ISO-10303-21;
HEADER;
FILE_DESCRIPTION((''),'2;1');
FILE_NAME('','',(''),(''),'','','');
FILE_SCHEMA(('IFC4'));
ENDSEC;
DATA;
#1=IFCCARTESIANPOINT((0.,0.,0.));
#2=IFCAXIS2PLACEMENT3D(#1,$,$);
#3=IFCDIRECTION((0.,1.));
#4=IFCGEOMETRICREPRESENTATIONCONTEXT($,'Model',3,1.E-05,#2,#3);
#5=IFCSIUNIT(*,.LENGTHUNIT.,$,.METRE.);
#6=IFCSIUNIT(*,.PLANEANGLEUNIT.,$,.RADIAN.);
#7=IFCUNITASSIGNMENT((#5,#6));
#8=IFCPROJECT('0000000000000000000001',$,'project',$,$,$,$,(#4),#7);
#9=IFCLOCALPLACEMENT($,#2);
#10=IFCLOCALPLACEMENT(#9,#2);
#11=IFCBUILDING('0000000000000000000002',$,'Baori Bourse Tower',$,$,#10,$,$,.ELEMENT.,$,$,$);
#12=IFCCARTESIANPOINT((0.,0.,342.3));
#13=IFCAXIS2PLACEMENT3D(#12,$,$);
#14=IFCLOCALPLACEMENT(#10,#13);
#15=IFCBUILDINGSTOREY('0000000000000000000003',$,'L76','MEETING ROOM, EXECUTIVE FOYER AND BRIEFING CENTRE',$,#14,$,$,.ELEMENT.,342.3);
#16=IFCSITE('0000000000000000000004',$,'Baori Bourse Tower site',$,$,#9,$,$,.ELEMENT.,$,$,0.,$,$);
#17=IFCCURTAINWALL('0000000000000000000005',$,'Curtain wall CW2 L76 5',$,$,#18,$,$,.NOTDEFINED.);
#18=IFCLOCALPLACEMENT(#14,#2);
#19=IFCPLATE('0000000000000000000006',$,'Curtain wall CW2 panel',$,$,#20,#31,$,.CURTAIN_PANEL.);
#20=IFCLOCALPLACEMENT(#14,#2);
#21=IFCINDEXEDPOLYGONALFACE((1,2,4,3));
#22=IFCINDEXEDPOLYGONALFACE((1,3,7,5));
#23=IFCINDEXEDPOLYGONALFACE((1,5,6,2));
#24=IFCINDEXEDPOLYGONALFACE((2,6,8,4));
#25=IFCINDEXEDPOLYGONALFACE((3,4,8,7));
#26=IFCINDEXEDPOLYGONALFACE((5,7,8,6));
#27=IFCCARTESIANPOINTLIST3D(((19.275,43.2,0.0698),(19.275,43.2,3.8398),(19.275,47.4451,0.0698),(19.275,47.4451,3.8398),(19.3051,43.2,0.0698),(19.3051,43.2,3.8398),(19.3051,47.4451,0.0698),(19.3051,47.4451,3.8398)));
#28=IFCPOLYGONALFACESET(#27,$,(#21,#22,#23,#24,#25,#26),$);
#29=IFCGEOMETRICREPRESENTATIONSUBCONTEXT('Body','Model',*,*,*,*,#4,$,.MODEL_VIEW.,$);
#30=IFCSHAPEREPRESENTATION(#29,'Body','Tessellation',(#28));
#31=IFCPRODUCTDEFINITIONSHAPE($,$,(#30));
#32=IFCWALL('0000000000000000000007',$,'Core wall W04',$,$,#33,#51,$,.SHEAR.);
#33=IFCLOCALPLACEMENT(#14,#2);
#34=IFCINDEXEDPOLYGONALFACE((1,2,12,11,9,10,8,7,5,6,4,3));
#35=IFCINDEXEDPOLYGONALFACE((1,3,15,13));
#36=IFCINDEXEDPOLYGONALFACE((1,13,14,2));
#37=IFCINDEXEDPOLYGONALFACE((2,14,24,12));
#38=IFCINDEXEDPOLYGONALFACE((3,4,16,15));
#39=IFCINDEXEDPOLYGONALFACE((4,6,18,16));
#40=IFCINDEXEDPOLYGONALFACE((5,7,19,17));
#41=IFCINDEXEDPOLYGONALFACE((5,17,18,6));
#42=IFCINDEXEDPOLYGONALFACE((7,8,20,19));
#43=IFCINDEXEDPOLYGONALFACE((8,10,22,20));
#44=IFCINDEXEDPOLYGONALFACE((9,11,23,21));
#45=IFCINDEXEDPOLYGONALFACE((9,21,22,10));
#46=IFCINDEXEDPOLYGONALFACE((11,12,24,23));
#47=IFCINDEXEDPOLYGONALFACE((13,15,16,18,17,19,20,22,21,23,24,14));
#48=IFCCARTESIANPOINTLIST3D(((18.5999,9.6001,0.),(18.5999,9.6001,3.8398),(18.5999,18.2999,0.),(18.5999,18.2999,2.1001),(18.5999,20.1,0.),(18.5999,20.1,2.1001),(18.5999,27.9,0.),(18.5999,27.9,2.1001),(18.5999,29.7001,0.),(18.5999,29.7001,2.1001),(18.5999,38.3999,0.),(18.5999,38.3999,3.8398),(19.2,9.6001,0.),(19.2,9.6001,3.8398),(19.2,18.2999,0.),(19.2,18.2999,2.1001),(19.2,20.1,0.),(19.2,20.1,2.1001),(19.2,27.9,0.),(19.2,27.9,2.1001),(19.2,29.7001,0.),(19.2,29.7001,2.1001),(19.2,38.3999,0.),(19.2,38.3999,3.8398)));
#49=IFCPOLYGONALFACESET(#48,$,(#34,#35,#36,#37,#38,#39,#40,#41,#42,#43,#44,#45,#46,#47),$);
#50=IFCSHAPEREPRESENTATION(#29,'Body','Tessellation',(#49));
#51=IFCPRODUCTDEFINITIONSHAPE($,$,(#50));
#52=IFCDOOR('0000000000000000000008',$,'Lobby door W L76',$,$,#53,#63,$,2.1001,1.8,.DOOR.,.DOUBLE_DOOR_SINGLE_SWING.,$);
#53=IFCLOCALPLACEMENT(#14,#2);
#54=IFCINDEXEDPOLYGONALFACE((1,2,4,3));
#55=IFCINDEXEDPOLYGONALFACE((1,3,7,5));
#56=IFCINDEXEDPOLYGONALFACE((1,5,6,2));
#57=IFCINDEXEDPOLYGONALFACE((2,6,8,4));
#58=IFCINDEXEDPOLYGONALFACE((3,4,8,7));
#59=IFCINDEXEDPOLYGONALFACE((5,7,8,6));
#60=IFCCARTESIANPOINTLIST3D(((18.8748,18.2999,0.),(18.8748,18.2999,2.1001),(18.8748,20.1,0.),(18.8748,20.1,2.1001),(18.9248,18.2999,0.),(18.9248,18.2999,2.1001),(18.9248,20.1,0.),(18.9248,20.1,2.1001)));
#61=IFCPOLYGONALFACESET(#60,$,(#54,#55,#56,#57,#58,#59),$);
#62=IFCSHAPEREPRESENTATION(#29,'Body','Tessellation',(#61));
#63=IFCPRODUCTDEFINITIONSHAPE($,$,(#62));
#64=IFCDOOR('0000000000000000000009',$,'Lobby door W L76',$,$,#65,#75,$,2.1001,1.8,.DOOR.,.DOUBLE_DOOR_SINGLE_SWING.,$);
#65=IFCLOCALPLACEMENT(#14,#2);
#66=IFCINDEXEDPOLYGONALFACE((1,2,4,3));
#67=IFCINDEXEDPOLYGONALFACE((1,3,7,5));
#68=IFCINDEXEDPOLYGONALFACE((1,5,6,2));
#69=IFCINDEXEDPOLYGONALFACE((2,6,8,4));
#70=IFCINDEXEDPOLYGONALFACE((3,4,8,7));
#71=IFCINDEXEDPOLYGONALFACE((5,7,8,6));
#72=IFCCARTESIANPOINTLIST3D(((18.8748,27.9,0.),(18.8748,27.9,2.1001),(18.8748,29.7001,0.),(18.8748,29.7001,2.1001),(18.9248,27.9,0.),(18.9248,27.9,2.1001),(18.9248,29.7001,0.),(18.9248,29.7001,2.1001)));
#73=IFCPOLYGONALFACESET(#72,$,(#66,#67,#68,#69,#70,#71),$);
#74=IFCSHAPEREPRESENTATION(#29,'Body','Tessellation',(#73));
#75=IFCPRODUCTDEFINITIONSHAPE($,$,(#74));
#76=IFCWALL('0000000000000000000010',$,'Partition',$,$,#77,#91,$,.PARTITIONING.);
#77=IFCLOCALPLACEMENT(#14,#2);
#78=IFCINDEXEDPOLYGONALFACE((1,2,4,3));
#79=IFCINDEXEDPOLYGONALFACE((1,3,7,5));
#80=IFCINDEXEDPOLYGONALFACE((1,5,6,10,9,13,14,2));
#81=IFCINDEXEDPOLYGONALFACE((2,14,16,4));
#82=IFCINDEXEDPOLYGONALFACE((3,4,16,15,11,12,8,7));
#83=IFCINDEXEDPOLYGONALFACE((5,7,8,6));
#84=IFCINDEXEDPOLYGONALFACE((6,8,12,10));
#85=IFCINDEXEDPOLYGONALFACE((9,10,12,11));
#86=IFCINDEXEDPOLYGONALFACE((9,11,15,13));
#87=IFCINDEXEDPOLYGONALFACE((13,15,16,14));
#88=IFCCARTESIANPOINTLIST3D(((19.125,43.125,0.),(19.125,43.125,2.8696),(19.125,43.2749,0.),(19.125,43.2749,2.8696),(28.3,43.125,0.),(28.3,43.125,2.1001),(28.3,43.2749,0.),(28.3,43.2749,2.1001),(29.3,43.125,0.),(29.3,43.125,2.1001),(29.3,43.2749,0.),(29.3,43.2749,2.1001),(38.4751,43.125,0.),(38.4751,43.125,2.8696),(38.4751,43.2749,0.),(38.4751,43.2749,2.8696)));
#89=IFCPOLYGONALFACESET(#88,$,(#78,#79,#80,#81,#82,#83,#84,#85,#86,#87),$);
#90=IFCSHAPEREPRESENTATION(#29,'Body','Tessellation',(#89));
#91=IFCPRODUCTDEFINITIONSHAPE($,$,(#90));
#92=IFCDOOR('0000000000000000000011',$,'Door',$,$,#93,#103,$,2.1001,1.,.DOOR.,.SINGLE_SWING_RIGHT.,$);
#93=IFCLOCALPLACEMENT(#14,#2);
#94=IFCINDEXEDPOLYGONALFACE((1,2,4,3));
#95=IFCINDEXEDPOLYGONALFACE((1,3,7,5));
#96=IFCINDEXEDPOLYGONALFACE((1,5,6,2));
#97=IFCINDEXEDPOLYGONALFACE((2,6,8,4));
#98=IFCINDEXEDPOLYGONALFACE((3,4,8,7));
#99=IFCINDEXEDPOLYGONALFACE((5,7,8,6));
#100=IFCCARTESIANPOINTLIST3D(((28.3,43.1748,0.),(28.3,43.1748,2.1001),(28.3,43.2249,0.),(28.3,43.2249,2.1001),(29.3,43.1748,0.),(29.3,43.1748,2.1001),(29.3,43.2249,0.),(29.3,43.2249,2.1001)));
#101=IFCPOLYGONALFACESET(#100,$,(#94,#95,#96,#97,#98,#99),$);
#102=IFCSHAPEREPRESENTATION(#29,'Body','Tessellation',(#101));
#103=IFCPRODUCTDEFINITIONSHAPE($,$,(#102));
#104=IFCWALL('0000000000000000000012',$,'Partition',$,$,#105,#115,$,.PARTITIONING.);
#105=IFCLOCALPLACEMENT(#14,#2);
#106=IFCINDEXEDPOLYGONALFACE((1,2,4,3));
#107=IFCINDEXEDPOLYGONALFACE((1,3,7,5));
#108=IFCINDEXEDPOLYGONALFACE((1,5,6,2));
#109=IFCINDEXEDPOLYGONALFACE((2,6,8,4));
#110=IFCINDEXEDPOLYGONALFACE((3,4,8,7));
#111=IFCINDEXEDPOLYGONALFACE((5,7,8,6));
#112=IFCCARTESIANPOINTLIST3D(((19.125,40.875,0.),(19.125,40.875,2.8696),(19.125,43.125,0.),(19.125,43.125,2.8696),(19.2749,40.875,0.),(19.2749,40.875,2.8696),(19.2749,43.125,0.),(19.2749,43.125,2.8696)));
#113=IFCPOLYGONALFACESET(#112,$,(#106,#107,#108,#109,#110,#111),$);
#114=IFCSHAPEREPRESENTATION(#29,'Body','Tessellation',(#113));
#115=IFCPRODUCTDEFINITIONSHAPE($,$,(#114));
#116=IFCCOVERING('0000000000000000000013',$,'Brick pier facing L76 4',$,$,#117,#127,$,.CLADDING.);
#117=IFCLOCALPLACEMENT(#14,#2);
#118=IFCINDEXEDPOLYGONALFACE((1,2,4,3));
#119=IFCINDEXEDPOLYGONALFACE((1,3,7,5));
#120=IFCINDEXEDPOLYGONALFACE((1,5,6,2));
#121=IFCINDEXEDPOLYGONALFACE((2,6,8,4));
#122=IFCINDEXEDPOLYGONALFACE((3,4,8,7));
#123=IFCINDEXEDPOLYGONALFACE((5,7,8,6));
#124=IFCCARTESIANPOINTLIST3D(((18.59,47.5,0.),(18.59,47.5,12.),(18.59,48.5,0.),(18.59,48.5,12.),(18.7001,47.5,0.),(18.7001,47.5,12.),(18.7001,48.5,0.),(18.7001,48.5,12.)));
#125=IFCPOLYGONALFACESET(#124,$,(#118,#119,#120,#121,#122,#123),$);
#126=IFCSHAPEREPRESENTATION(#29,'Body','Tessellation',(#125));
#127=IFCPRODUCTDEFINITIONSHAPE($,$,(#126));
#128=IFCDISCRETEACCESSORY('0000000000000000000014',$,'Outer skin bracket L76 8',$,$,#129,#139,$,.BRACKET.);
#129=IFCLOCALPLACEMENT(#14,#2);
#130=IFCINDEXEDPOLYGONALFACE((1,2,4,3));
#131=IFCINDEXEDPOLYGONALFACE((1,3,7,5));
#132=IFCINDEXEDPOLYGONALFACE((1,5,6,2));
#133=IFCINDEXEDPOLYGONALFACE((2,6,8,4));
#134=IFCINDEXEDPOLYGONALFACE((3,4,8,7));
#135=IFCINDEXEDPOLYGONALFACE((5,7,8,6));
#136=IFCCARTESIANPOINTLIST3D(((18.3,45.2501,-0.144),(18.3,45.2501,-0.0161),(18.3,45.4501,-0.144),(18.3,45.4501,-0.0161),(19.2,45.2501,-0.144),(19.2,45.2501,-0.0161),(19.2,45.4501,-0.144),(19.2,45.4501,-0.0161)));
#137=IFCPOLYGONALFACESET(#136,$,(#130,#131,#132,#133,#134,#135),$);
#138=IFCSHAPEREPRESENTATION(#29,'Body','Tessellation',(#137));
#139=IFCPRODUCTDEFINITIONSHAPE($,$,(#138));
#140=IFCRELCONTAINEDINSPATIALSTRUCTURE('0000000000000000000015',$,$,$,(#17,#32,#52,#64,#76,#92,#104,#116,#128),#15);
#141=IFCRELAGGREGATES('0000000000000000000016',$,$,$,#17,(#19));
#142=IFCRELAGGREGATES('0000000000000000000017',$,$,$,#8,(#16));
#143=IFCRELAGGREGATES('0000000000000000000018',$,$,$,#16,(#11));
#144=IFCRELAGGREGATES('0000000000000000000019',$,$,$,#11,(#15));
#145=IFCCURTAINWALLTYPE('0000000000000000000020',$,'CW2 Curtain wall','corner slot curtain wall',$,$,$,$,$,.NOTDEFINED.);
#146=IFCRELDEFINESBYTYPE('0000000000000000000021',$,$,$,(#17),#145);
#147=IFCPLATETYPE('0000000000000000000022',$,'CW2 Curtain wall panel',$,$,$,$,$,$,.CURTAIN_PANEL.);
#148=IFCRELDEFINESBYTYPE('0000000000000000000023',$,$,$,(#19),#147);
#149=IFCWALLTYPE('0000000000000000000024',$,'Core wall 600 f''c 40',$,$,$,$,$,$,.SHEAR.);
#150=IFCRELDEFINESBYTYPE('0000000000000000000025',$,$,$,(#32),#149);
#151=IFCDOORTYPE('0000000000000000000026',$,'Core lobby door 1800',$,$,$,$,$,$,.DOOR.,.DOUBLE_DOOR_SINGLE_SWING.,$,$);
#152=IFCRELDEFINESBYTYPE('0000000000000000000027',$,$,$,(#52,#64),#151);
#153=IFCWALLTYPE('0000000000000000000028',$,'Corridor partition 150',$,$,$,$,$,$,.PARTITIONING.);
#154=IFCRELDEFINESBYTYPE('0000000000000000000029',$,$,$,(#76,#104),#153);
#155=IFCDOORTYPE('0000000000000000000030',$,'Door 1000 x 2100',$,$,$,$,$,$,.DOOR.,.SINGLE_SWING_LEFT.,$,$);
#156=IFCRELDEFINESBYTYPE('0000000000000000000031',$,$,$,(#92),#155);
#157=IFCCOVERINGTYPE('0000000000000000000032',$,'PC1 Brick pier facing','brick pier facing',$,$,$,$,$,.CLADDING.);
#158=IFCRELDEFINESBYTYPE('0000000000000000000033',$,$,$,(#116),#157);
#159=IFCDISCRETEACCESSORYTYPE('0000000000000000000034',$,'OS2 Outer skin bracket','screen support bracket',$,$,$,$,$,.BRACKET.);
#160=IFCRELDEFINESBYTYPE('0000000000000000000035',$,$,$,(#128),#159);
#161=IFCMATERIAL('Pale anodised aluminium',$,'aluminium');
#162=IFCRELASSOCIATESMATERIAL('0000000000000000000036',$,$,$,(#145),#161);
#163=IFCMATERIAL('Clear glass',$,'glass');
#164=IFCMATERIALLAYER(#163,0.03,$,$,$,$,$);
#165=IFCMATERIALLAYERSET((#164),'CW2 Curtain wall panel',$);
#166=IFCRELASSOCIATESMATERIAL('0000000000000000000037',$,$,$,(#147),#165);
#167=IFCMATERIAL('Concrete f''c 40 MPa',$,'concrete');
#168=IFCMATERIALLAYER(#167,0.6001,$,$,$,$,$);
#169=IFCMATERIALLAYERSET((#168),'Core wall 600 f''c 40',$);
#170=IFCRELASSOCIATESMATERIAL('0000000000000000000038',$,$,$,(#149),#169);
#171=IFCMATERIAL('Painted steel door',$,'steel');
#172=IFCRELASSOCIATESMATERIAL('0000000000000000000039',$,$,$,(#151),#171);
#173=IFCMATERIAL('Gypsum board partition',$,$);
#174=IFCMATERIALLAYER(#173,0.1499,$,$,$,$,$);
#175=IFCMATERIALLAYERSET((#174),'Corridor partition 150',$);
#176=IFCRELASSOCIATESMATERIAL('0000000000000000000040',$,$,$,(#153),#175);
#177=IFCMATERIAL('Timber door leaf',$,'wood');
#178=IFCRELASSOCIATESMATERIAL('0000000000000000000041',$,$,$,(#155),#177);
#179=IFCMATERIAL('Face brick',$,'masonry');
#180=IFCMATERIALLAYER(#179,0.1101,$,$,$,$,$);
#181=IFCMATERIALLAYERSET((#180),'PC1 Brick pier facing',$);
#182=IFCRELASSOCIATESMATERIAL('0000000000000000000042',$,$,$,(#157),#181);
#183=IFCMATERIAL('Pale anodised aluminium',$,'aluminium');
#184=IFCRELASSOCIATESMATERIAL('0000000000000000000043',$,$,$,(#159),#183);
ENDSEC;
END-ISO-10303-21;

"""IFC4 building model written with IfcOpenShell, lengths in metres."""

from ifc_helpers import new_model, si_unit, direction, frame, frame_2d, origin, origin_2d, place, context, subcontext, project, spatial, rectangle, extrude, material, layer, layer_set, type_object, element, fill, aggregate, save


model = new_model("IFC4")

# Units and contexts
model_context = context("Model", 3, precision=1e-05, world=origin(), true_north=direction((0.0, 1.0)))
body_context = subcontext(model_context, "Body", "Model", "MODEL_VIEW")
ifc_project = project(units=[si_unit("LENGTHUNIT", "METRE"), si_unit("PLANEANGLEUNIT", "RADIAN")], contexts=[model_context])

# Site, building, storey
site_placement = place(None, origin())
site = spatial("IfcSite", under=ifc_project, at=site_placement, Name="Baori Bourse Tower site", CompositionType="ELEMENT", RefElevation=0.0)
building_placement = place(site_placement, origin())
building = spatial("IfcBuilding", under=site, at=building_placement, Name="Baori Bourse Tower", CompositionType="ELEMENT")
storey_placement = place(building_placement, frame((0.0, 0.0, 342.3)))
storey = spatial("IfcBuildingStorey", under=building, at=storey_placement, Name="L76", Description="MEETING ROOM, EXECUTIVE FOYER AND BRIEFING CENTRE", CompositionType="ELEMENT", Elevation=342.3)

# Curtain wall
ifc_material_1 = material(Name="Pale anodised aluminium", Category="aluminium")
curtain_wall_type = type_object("IfcCurtainWallType", Name="CW2 Curtain wall", Description="corner slot curtain wall", PredefinedType="NOTDEFINED", material=ifc_material_1)
curtain_wall_1_placement = place(storey_placement, origin())
curtain_wall_1 = element("IfcCurtainWall", 1, at=curtain_wall_1_placement, inside=storey, type_object=curtain_wall_type, Name="Curtain wall CW2 L76 5", PredefinedType="NOTDEFINED")

# Plate
ifc_material_2 = material(Name="Clear glass", Category="glass")
ifc_layer_1 = layer(ifc_material_2, 0.03)
ifc_layer_set_1 = layer_set([ifc_layer_1], Name="CW2 Curtain wall panel")
plate_type = type_object("IfcPlateType", Name="CW2 Curtain wall panel", PredefinedType="CURTAIN_PANEL", material=ifc_layer_set_1)
plate_placement = place(storey_placement, frame((19.29, 45.3225, 0.0698), z_axis=(0.0, 0.0, 1.0), x_axis=(0.0, -1.0, 0.0)))
plate = element("IfcPlate", 2, at=plate_placement, type_object=plate_type, Name="Curtain wall CW2 panel", PredefinedType="CURTAIN_PANEL", context=body_context, shape_type="SweptSolid", body=[
    extrude(rectangle(XDim=4.2451, YDim=0.03, at=origin_2d()), origin(), (0.0, 0.0, 1.0), 3.77),
])
aggregate(curtain_wall_1, [plate])

# Wall, openings, doors
ifc_material_3 = material(Name="Concrete f'c 40 MPa", Category="concrete")
ifc_layer_2 = layer(ifc_material_3, 0.6001)
ifc_layer_set_2 = layer_set([ifc_layer_2], Name="Core wall 600 f'c 40")
wall_type_1 = type_object("IfcWallType", Name="Core wall 600 f'c 40", PredefinedType="SHEAR", material=ifc_layer_set_2)
wall_1_placement = place(storey_placement, frame((18.8999, 38.3999, 0.0), z_axis=(0.0, 0.0, 1.0), x_axis=(0.0, -1.0, 0.0)))
wall_1 = element("IfcWall", 3, at=wall_1_placement, inside=storey, type_object=wall_type_1, Name="Core wall W04", PredefinedType="SHEAR", context=body_context, shape_type="SweptSolid", body=[
    extrude(rectangle(XDim=28.7998, YDim=0.6001, at=frame_2d((14.3999, 0.0))), origin(), (0.0, 0.0, 1.0), 3.8398),
])
opening_1_placement = place(wall_1_placement, frame((18.3, 0.0, 0.0)))
opening_1 = element("IfcOpeningElement", 4, at=opening_1_placement, cuts=wall_1, PredefinedType="OPENING", context=body_context, shape_type="SweptSolid", body=[
    extrude(rectangle(XDim=1.8, YDim=2.1001, at=frame_2d((0.8999, 1.05))), frame((0.0, 0.3101, 0.0), z_axis=(0.0, -1.0, 0.0), x_axis=(1.0, 0.0, 0.0)), (0.0, 0.0, 1.0), 0.6201),
])
opening_2_placement = place(wall_1_placement, frame((8.7, 0.0, 0.0)))
opening_2 = element("IfcOpeningElement", 5, at=opening_2_placement, cuts=wall_1, PredefinedType="OPENING", context=body_context, shape_type="SweptSolid", body=[
    extrude(rectangle(XDim=1.8, YDim=2.1001, at=frame_2d((0.8999, 1.05))), frame((0.0, 0.3101, 0.0), z_axis=(0.0, -1.0, 0.0), x_axis=(1.0, 0.0, 0.0)), (0.0, 0.0, 1.0), 0.6201),
])
ifc_material_4 = material(Name="Painted steel door", Category="steel")
door_type_1 = type_object("IfcDoorType", Name="Core lobby door 1800", OperationType="DOUBLE_DOOR_SINGLE_SWING", PredefinedType="DOOR", material=ifc_material_4)
door_1_placement = place(opening_1_placement, origin())
door_1 = element("IfcDoor", 6, at=door_1_placement, inside=storey, type_object=door_type_1, Name="Lobby door W L76", OperationType="DOUBLE_DOOR_SINGLE_SWING", OverallHeight=2.1001, OverallWidth=1.8, PredefinedType="DOOR", context=body_context, shape_type="SweptSolid", body=[
    extrude(rectangle(XDim=1.8, YDim=2.1001, at=frame_2d((0.8999, 1.05))), frame((0.0, 0.0249, 0.0), z_axis=(0.0, -1.0, 0.0), x_axis=(1.0, 0.0, 0.0)), (0.0, 0.0, 1.0), 0.05),
])
fill(opening_1, door_1)
door_2_placement = place(opening_2_placement, origin())
door_2 = element("IfcDoor", 7, at=door_2_placement, inside=storey, type_object=door_type_1, Name="Lobby door W L76", OperationType="DOUBLE_DOOR_SINGLE_SWING", OverallHeight=2.1001, OverallWidth=1.8, PredefinedType="DOOR", context=body_context, shape_type="SweptSolid", body=[
    extrude(rectangle(XDim=1.8, YDim=2.1001, at=frame_2d((0.8999, 1.05))), frame((0.0, 0.0249, 0.0), z_axis=(0.0, -1.0, 0.0), x_axis=(1.0, 0.0, 0.0)), (0.0, 0.0, 1.0), 0.05),
])
fill(opening_2, door_2)

# Wall, opening, door
ifc_material_5 = material(Name="Gypsum board partition")
ifc_layer_3 = layer(ifc_material_5, 0.1499)
ifc_layer_set_3 = layer_set([ifc_layer_3], Name="Corridor partition 150")
wall_type_2 = type_object("IfcWallType", Name="Corridor partition 150", PredefinedType="PARTITIONING", material=ifc_layer_set_3)
wall_2_placement = place(storey_placement, frame((19.125, 43.2, 0.0), z_axis=(0.0, 0.0, 1.0), x_axis=(1.0, 0.0, 0.0)))
wall_2 = element("IfcWall", 8, at=wall_2_placement, inside=storey, type_object=wall_type_2, Name="Partition", PredefinedType="PARTITIONING", context=body_context, shape_type="SweptSolid", body=[
    extrude(rectangle(XDim=19.3501, YDim=0.1499, at=frame_2d((9.675, 0.0))), origin(), (0.0, 0.0, 1.0), 2.8696),
])
opening_3_placement = place(wall_2_placement, frame((9.175, 0.0, 0.0)))
opening_3 = element("IfcOpeningElement", 9, at=opening_3_placement, cuts=wall_2, PredefinedType="OPENING", context=body_context, shape_type="SweptSolid", body=[
    extrude(rectangle(XDim=1.0, YDim=2.1001, at=frame_2d((0.5, 1.05))), frame((0.0, 0.085, 0.0), z_axis=(0.0, -1.0, 0.0), x_axis=(1.0, 0.0, 0.0)), (0.0, 0.0, 1.0), 0.1699),
])
ifc_material_6 = material(Name="Timber door leaf", Category="wood")
door_type_2 = type_object("IfcDoorType", Name="Door 1000 x 2100", OperationType="SINGLE_SWING_LEFT", PredefinedType="DOOR", material=ifc_material_6)
door_3_placement = place(opening_3_placement, origin())
door_3 = element("IfcDoor", 10, at=door_3_placement, inside=storey, type_object=door_type_2, Name="Door", OperationType="SINGLE_SWING_RIGHT", OverallHeight=2.1001, OverallWidth=1.0, PredefinedType="DOOR", context=body_context, shape_type="SweptSolid", body=[
    extrude(rectangle(XDim=1.0, YDim=2.1001, at=frame_2d((0.5, 1.05))), frame((0.0, 0.0249, 0.0), z_axis=(0.0, -1.0, 0.0), x_axis=(1.0, 0.0, 0.0)), (0.0, 0.0, 1.0), 0.05),
])
fill(opening_3, door_3)

# Wall
wall_3_placement = place(storey_placement, frame((19.2, 40.875, 0.0), z_axis=(0.0, 0.0, 1.0), x_axis=(0.0, 1.0, 0.0)))
element("IfcWall", 11, at=wall_3_placement, inside=storey, type_object=wall_type_2, Name="Partition", PredefinedType="PARTITIONING", context=body_context, shape_type="SweptSolid", body=[
    extrude(rectangle(XDim=2.25, YDim=0.1499, at=frame_2d((1.125, 0.0))), origin(), (0.0, 0.0, 1.0), 2.8696),
])

# Covering
ifc_material_7 = material(Name="Face brick", Category="masonry")
ifc_layer_4 = layer(ifc_material_7, 0.1101)
ifc_layer_set_4 = layer_set([ifc_layer_4], Name="PC1 Brick pier facing")
covering_type = type_object("IfcCoveringType", Name="PC1 Brick pier facing", Description="brick pier facing", PredefinedType="CLADDING", material=ifc_layer_set_4)
covering_placement = place(storey_placement, frame((18.645, 48.0, 0.0), z_axis=(0.0, 0.0, 1.0), x_axis=(1.0, 0.0, 0.0)))
element("IfcCovering", 12, at=covering_placement, inside=storey, type_object=covering_type, Name="Brick pier facing L76 4", PredefinedType="CLADDING", context=body_context, shape_type="SweptSolid", body=[
    extrude(rectangle(XDim=0.1101, YDim=1.0, at=origin_2d()), origin(), (0.0, 0.0, 1.0), 12.0),
])

# Discrete accessory
ifc_material_8 = material(Name="Pale anodised aluminium", Category="aluminium")
discrete_accessory_type = type_object("IfcDiscreteAccessoryType", Name="OS2 Outer skin bracket", Description="screen support bracket", PredefinedType="BRACKET", material=ifc_material_8)
discrete_accessory_placement = place(storey_placement, frame((18.75, 45.3501, -0.144), z_axis=(0.0, 0.0, 1.0), x_axis=(0.0, -1.0, 0.0)))
element("IfcDiscreteAccessory", 13, at=discrete_accessory_placement, inside=storey, type_object=discrete_accessory_type, Name="Outer skin bracket L76 8", PredefinedType="BRACKET", context=body_context, shape_type="SweptSolid", body=[
    extrude(rectangle(XDim=0.2, YDim=0.8999, at=origin_2d()), origin(), (0.0, 0.0, 1.0), 0.1279),
])

save(model, "model.ifc")
